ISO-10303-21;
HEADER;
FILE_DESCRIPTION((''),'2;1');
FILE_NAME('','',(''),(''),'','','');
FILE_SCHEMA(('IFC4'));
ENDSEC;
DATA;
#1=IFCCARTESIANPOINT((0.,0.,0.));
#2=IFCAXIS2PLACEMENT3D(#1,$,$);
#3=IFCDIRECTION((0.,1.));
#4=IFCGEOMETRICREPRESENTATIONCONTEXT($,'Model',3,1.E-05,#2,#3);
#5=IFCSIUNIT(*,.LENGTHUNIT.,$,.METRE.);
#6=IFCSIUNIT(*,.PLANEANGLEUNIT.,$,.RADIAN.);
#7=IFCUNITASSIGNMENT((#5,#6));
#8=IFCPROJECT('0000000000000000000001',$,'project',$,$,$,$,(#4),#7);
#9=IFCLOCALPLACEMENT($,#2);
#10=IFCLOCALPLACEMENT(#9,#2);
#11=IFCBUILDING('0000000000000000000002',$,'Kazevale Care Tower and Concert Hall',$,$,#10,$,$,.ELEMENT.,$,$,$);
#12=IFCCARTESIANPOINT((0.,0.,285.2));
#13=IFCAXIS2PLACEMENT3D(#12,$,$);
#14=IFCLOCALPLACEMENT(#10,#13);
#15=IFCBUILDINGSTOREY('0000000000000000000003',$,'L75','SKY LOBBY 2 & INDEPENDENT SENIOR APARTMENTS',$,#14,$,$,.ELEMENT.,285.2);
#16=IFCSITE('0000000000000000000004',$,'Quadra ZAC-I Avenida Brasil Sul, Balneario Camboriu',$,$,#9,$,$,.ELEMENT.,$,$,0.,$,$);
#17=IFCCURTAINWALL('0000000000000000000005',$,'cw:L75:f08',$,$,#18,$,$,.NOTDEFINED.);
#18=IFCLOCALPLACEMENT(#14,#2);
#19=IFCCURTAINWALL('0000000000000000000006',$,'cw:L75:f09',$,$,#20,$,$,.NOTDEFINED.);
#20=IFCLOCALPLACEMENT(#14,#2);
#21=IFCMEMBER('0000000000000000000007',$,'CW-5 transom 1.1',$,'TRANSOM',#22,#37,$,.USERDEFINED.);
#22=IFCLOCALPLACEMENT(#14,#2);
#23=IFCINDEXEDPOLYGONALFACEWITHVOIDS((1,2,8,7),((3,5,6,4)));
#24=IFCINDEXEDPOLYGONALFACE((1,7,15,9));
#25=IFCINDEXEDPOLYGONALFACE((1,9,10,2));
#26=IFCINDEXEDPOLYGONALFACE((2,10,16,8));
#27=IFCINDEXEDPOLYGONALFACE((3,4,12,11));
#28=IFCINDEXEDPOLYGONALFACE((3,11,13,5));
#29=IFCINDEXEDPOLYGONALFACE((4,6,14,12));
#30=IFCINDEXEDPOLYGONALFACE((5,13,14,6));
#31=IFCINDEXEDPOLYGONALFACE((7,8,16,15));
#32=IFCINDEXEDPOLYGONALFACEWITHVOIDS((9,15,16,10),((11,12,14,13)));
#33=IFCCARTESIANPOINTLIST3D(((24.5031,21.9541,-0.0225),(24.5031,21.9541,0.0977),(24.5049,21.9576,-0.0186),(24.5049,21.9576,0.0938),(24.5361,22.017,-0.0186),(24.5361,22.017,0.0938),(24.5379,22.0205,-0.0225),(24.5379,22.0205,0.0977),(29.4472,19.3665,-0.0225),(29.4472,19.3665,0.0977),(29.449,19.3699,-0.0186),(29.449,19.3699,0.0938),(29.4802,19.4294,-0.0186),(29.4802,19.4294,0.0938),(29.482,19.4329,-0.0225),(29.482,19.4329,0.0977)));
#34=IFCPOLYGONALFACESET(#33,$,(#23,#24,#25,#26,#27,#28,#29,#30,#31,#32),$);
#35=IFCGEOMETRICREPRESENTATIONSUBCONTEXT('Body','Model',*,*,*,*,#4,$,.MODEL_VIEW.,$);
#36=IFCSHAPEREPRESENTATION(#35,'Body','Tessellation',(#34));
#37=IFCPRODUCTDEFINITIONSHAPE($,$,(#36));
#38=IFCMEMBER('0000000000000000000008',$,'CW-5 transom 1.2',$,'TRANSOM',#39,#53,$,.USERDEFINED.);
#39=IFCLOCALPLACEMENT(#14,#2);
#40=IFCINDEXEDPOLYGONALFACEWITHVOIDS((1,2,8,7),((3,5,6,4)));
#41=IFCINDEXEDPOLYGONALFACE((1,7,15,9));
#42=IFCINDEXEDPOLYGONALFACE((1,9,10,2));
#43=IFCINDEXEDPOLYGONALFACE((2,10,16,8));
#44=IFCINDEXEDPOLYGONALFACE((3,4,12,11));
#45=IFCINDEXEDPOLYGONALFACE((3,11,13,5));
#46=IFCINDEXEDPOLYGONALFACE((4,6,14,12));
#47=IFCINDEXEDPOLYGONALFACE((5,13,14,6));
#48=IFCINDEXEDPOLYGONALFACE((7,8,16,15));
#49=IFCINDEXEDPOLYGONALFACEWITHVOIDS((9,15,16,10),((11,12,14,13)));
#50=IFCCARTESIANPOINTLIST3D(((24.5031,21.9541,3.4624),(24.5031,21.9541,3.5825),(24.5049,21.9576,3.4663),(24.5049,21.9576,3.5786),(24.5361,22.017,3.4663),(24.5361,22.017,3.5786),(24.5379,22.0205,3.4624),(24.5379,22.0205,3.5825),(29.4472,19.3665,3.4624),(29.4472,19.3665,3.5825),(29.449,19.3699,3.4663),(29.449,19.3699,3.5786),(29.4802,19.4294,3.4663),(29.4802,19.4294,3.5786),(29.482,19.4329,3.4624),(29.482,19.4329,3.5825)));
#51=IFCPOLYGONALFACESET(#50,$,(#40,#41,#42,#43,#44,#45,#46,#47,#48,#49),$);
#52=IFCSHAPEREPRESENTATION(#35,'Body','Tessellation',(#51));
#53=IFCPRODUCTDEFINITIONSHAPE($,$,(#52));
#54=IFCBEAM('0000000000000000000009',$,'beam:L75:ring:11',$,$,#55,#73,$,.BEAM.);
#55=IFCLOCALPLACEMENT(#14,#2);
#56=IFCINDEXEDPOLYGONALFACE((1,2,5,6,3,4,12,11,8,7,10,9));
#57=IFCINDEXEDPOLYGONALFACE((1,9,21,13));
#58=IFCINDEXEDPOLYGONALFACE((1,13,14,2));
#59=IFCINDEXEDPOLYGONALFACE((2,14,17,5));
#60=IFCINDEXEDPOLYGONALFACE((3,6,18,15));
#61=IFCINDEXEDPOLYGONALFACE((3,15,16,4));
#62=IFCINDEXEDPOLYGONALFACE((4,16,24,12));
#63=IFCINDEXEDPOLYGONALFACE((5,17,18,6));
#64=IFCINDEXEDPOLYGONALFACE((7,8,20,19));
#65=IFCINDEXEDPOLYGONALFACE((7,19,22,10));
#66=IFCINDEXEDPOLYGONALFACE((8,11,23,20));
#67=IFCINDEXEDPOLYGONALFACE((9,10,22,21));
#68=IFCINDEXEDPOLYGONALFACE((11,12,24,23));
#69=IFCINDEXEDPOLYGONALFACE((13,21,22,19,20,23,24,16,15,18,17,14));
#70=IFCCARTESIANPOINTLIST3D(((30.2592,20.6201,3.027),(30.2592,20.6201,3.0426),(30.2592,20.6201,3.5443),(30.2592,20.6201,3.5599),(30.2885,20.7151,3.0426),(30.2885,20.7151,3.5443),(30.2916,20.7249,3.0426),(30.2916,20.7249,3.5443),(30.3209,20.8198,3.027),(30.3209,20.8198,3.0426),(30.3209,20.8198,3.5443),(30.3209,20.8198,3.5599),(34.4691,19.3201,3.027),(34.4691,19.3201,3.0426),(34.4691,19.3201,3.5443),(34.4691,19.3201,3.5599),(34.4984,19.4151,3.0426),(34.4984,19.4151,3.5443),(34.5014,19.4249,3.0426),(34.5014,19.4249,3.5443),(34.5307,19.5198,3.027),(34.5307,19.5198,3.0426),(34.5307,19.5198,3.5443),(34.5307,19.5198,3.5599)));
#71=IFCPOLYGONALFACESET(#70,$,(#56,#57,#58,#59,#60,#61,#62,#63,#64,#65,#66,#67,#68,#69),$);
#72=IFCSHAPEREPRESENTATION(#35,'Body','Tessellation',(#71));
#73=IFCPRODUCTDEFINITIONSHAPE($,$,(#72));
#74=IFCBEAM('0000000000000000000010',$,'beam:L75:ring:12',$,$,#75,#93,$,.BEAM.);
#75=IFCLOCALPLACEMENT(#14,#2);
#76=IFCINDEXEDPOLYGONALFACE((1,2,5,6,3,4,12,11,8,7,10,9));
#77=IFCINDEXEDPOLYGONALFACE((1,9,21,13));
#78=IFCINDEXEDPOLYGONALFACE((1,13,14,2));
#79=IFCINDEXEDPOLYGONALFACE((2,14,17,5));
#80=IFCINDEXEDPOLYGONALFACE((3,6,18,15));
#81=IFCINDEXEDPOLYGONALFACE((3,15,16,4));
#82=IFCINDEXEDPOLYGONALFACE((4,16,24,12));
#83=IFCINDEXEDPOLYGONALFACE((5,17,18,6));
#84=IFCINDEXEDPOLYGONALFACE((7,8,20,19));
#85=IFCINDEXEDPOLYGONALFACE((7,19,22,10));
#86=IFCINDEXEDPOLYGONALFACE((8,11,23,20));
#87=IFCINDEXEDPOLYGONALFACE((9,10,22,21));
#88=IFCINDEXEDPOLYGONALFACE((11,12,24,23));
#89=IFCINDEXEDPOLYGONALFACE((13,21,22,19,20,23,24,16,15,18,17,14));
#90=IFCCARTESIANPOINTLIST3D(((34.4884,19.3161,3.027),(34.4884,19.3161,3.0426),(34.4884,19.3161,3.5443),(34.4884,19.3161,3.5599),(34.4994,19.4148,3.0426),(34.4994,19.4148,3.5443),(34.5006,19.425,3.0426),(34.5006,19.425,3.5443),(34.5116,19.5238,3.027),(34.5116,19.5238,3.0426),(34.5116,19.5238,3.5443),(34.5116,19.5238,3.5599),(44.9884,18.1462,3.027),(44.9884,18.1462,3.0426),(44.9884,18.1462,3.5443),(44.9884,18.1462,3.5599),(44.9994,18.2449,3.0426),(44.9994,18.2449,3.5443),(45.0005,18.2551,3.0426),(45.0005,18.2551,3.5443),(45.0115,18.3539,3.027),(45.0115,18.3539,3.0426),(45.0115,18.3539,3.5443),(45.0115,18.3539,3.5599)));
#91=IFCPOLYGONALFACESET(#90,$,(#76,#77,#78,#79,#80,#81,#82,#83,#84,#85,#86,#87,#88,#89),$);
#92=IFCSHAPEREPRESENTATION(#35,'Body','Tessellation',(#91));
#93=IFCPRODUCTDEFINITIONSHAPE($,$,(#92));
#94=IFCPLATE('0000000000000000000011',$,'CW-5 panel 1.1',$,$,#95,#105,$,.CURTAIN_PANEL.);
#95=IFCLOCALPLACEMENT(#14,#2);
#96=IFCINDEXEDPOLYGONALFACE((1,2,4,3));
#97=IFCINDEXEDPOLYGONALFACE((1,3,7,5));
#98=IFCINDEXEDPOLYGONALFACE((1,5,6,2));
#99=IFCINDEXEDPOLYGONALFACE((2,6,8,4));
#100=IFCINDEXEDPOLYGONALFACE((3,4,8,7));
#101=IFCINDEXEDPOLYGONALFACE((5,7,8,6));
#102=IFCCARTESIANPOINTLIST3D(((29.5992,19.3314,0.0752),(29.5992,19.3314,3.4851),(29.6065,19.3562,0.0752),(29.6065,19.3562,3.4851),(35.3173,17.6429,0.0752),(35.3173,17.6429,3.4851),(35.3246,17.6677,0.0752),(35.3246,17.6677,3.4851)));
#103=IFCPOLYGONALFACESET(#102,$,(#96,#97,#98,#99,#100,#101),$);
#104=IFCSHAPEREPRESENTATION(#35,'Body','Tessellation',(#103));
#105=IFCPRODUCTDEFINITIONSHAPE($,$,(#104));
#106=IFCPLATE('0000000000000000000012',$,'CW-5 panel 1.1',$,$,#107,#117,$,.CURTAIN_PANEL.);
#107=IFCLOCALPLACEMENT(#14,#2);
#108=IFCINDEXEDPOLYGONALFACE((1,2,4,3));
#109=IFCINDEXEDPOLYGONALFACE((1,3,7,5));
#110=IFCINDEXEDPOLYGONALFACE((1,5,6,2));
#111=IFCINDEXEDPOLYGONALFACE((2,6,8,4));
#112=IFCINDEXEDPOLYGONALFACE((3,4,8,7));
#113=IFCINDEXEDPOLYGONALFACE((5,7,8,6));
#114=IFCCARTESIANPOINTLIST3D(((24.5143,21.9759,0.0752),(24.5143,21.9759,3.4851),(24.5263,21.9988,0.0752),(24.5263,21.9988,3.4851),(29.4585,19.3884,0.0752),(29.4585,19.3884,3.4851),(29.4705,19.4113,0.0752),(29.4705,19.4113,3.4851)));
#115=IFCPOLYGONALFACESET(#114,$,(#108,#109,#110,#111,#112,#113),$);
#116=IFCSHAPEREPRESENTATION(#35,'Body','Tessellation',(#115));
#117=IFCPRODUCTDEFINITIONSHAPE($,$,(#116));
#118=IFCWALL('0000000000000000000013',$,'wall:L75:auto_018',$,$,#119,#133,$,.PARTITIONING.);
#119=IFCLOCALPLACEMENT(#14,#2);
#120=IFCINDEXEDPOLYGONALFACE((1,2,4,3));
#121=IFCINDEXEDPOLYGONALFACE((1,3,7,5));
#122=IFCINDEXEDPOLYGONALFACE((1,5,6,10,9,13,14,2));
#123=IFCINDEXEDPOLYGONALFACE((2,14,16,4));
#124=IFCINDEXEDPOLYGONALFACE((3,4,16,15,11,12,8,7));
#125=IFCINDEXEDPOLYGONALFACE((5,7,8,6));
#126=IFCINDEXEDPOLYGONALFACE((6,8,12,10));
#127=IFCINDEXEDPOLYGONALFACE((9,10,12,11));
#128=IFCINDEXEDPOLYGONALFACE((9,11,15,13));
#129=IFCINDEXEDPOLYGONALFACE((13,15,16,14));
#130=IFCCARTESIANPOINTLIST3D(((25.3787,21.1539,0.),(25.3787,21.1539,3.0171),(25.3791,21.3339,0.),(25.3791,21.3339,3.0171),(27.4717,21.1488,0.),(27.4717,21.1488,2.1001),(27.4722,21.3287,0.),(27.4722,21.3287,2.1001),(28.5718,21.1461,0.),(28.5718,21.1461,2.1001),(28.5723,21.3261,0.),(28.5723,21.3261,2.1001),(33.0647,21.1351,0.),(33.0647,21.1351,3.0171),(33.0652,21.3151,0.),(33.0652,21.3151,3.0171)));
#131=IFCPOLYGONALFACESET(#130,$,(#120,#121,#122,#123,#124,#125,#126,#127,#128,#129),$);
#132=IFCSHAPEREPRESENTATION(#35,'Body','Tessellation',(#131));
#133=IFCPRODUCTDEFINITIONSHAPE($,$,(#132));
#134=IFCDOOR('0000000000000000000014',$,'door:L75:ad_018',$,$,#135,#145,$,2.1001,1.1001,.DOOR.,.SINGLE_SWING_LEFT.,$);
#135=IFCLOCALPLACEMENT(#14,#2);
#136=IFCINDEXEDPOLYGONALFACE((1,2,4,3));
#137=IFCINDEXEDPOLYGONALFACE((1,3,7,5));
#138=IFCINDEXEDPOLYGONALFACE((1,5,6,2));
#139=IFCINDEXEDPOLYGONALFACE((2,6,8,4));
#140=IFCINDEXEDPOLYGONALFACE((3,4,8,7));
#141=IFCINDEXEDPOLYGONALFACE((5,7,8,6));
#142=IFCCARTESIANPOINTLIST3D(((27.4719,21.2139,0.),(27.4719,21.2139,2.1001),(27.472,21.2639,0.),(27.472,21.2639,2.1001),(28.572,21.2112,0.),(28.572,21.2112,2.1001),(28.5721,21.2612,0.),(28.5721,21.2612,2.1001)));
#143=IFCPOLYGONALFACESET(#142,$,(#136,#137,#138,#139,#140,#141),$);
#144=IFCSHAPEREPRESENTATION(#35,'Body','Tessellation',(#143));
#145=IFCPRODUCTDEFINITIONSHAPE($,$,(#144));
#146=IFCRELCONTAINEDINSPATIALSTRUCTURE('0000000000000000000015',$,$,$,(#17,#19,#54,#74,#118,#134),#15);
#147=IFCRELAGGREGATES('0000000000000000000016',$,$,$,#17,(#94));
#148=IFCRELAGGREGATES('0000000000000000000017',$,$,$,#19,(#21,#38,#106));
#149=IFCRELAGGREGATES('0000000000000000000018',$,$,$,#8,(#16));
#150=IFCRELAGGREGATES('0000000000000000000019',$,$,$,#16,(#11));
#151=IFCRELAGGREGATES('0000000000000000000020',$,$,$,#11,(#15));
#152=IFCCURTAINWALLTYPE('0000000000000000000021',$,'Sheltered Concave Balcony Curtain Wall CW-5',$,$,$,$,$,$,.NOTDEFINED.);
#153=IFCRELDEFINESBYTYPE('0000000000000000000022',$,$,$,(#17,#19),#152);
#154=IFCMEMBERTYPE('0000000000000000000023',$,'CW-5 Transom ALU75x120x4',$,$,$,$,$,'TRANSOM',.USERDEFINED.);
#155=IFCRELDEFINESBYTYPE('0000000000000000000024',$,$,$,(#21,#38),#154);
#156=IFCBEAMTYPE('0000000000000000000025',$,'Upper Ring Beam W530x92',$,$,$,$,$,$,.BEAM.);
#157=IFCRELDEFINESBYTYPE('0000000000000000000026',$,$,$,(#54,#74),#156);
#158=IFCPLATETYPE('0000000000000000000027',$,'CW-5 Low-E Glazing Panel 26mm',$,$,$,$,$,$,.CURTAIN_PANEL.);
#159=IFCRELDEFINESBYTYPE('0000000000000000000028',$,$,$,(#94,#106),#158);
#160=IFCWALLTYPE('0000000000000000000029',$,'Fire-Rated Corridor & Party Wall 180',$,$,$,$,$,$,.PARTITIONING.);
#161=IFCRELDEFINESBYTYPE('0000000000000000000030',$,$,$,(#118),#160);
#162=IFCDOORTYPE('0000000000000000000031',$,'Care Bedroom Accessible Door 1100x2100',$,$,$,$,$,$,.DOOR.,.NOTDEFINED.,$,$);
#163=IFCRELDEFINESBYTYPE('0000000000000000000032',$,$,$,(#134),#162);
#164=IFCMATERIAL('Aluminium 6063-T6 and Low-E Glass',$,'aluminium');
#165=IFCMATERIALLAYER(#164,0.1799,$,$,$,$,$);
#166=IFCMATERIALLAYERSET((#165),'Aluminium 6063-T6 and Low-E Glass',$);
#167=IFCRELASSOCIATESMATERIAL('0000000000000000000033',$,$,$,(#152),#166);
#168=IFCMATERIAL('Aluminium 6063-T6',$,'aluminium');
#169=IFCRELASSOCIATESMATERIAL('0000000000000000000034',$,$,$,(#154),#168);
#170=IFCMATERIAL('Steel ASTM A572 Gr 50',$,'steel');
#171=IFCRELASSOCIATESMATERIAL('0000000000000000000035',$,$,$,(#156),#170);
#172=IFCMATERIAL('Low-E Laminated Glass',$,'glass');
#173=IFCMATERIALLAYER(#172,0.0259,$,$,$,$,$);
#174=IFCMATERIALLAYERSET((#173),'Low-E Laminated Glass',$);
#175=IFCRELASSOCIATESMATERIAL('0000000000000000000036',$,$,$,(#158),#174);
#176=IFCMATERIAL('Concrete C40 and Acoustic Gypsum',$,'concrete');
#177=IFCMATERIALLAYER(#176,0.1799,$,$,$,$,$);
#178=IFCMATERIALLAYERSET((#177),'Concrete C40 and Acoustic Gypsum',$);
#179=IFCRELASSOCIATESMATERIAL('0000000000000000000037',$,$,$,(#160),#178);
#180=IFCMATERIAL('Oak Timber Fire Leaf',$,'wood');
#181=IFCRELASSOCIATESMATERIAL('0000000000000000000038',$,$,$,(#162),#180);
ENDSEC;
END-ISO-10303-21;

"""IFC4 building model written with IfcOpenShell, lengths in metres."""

from ifc_helpers import new_model, si_unit, direction, frame, frame_2d, origin, origin_2d, place, context, subcontext, project, spatial, rectangle, hollow_rectangle, i_section, extrude, material, layer, layer_set, material_profile, profile_set, type_object, element, fill, aggregate, save


model = new_model("IFC4")

# Units and contexts
model_context = context("Model", 3, precision=1e-05, world=origin(), true_north=direction((0.0, 1.0)))
body_context = subcontext(model_context, "Body", "Model", "MODEL_VIEW")
ifc_project = project(units=[si_unit("LENGTHUNIT", "METRE"), si_unit("PLANEANGLEUNIT", "RADIAN")], contexts=[model_context])

# Site, building, storey
site_placement = place(None, origin())
site = spatial("IfcSite", under=ifc_project, at=site_placement, Name="Quadra ZAC-I Avenida Brasil Sul, Balneario Camboriu", CompositionType="ELEMENT", RefElevation=0.0)
building_placement = place(site_placement, origin())
building = spatial("IfcBuilding", under=site, at=building_placement, Name="Kazevale Care Tower and Concert Hall", CompositionType="ELEMENT")
storey_placement = place(building_placement, frame((0.0, 0.0, 285.2)))
storey = spatial("IfcBuildingStorey", under=building, at=storey_placement, Name="L75", Description="SKY LOBBY 2 & INDEPENDENT SENIOR APARTMENTS", CompositionType="ELEMENT", Elevation=285.2)

# Shared definitions
ifc_material_1 = material(Name="Aluminium 6063-T6 and Low-E Glass", Category="aluminium")
ifc_layer_1 = layer(ifc_material_1, 0.1799)
ifc_layer_set_1 = layer_set([ifc_layer_1], Name="Aluminium 6063-T6 and Low-E Glass")
curtain_wall_type = type_object("IfcCurtainWallType", Name="Sheltered Concave Balcony Curtain Wall CW-5", PredefinedType="NOTDEFINED", material=ifc_layer_set_1)
ifc_material_2 = material(Name="Aluminium 6063-T6", Category="aluminium")

# Curtain wall
curtain_wall_1_placement = place(storey_placement, origin())
curtain_wall_1 = element("IfcCurtainWall", 1, at=curtain_wall_1_placement, inside=storey, type_object=curtain_wall_type, Name="cw:L75:f08", PredefinedType="NOTDEFINED")

# Curtain wall
curtain_wall_2_placement = place(storey_placement, origin())
curtain_wall_2 = element("IfcCurtainWall", 2, at=curtain_wall_2_placement, inside=storey, type_object=curtain_wall_type, Name="cw:L75:f09", PredefinedType="NOTDEFINED")

# Members
ifc_material_profile_1 = material_profile(ifc_material_2, hollow_rectangle(XDim=0.075, YDim=0.1201, WallThickness=0.0039, at=origin_2d()), Name="ALU75x120x4")
ifc_profile_set_1 = profile_set([ifc_material_profile_1], Name="Aluminium 6063-T6")
member_type_1 = type_object("IfcMemberType", Name="CW-5 Transom ALU75x120x4", ElementType="TRANSOM", PredefinedType="USERDEFINED", material=ifc_profile_set_1)
member_1_placement = place(storey_placement, frame((29.4646, 19.3997, 0.0376), z_axis=(-0.885987, 0.463709, 0.0), x_axis=(-0.463709, -0.885987, 0.0)))
member_1 = element("IfcMember", 3, at=member_1_placement, type_object=member_type_1, Name="CW-5 transom 1.1", ObjectType="TRANSOM", PredefinedType="USERDEFINED", context=body_context, shape_type="SweptSolid", body=[
    extrude(hollow_rectangle(XDim=0.075, YDim=0.1201, WallThickness=0.0039, at=origin_2d()), origin(), (0.0, 0.0, 1.0), 5.5803),
])
member_2_placement = place(storey_placement, frame((29.4646, 19.3997, 3.5225), z_axis=(-0.885987, 0.463709, 0.0), x_axis=(-0.463709, -0.885987, 0.0)))
member_2 = element("IfcMember", 4, at=member_2_placement, type_object=member_type_1, Name="CW-5 transom 1.2", ObjectType="TRANSOM", PredefinedType="USERDEFINED", context=body_context, shape_type="SweptSolid", body=[
    extrude(hollow_rectangle(XDim=0.075, YDim=0.1201, WallThickness=0.0039, at=origin_2d()), origin(), (0.0, 0.0, 1.0), 5.5803),
])

# Beams
ifc_material_3 = material(Name="Steel ASTM A572 Gr 50", Category="steel")
ifc_material_profile_2 = material_profile(ifc_material_3, i_section(OverallWidth=0.209, OverallDepth=0.533, WebThickness=0.0103, FlangeThickness=0.0156, at=origin_2d()), Name="W530x92")
ifc_profile_set_2 = profile_set([ifc_material_profile_2], Name="Steel ASTM A572 Gr 50")
beam_type = type_object("IfcBeamType", Name="Upper Ring Beam W530x92", PredefinedType="BEAM", material=ifc_profile_set_2)
beam_1_placement = place(storey_placement, frame((30.29, 20.72, 3.2935), z_axis=(0.95548, -0.295055, 0.0), x_axis=(0.295055, 0.95548, 0.0)))
element("IfcBeam", 5, at=beam_1_placement, inside=storey, type_object=beam_type, Name="beam:L75:ring:11", PredefinedType="BEAM", context=body_context, shape_type="SweptSolid", body=[
    extrude(i_section(OverallWidth=0.209, OverallDepth=0.533, WebThickness=0.0103, FlangeThickness=0.0156, at=origin_2d()), origin(), (0.0, 0.0, 1.0), 4.406),
])
beam_2_placement = place(storey_placement, frame((34.5, 19.4199, 3.2935), z_axis=(0.99385, -0.110736, 0.0), x_axis=(0.110736, 0.99385, 0.0)))
element("IfcBeam", 6, at=beam_2_placement, inside=storey, type_object=beam_type, Name="beam:L75:ring:12", PredefinedType="BEAM", context=body_context, shape_type="SweptSolid", body=[
    extrude(i_section(OverallWidth=0.209, OverallDepth=0.533, WebThickness=0.0103, FlangeThickness=0.0156, at=origin_2d()), origin(), (0.0, 0.0, 1.0), 10.5649),
])

# Plates
ifc_material_4 = material(Name="Low-E Laminated Glass", Category="glass")
ifc_layer_2 = layer(ifc_material_4, 0.0259)
ifc_layer_set_2 = layer_set([ifc_layer_2], Name="Low-E Laminated Glass")
plate_type = type_object("IfcPlateType", Name="CW-5 Low-E Glazing Panel 26mm", PredefinedType="CURTAIN_PANEL", material=ifc_layer_set_2)
plate_1_placement = place(storey_placement, frame((32.4619, 18.4995, 0.0752), z_axis=(0.0, 0.0, 1.0), x_axis=(-0.95906, 0.283203, 0.0)))
plate_1 = element("IfcPlate", 7, at=plate_1_placement, type_object=plate_type, Name="CW-5 panel 1.1", PredefinedType="CURTAIN_PANEL", context=body_context, shape_type="SweptSolid", body=[
    extrude(rectangle(XDim=5.9622, YDim=0.0259, at=origin_2d()), origin(), (0.0, 0.0, 1.0), 3.4099),
])
aggregate(curtain_wall_1, [plate_1])
plate_2_placement = place(storey_placement, frame((26.9924, 20.6936, 0.0752), z_axis=(0.0, 0.0, 1.0), x_axis=(-0.886002, 0.463681, 0.0)))
plate_2 = element("IfcPlate", 8, at=plate_2_placement, type_object=plate_type, Name="CW-5 panel 1.1", PredefinedType="CURTAIN_PANEL", context=body_context, shape_type="SweptSolid", body=[
    extrude(rectangle(XDim=5.5803, YDim=0.0259, at=origin_2d()), origin(), (0.0, 0.0, 1.0), 3.4099),
])
aggregate(curtain_wall_2, [member_1, member_2, plate_2])

# Wall, opening, door
ifc_material_5 = material(Name="Concrete C40 and Acoustic Gypsum", Category="concrete")
ifc_layer_3 = layer(ifc_material_5, 0.1799)
ifc_layer_set_3 = layer_set([ifc_layer_3], Name="Concrete C40 and Acoustic Gypsum")
wall_type = type_object("IfcWallType", Name="Fire-Rated Corridor & Party Wall 180", PredefinedType="PARTITIONING", material=ifc_layer_set_3)
wall_placement = place(storey_placement, frame((33.0649, 21.2251, 0.0), z_axis=(0.0, 0.0, 1.0), x_axis=(-0.999997, 0.002446, 0.0)))
wall = element("IfcWall", 9, at=wall_placement, inside=storey, type_object=wall_type, Name="wall:L75:auto_018", PredefinedType="PARTITIONING", context=body_context, shape_type="SweptSolid", body=[
    extrude(rectangle(XDim=7.686, YDim=0.1799, at=frame_2d((3.843, 0.0))), origin(), (0.0, 0.0, 1.0), 3.0171),
])
opening_placement = place(wall_placement, frame((4.4929, 0.0, 0.0)))
opening = element("IfcOpeningElement", 10, at=opening_placement, cuts=wall, PredefinedType="OPENING", context=body_context, shape_type="SweptSolid", body=[
    extrude(rectangle(XDim=1.1001, YDim=2.1001, at=frame_2d((0.55, 1.05))), frame((0.0, 0.0999, 0.0), z_axis=(0.0, -1.0, 0.0), x_axis=(1.0, 0.0, 0.0)), (0.0, 0.0, 1.0), 0.2),
])
ifc_material_6 = material(Name="Oak Timber Fire Leaf", Category="wood")
door_type = type_object("IfcDoorType", Name="Care Bedroom Accessible Door 1100x2100", OperationType="NOTDEFINED", PredefinedType="DOOR", material=ifc_material_6)
door_placement = place(opening_placement, origin())
door = element("IfcDoor", 11, at=door_placement, inside=storey, type_object=door_type, Name="door:L75:ad_018", OperationType="SINGLE_SWING_LEFT", OverallHeight=2.1001, OverallWidth=1.1001, PredefinedType="DOOR", context=body_context, shape_type="SweptSolid", body=[
    extrude(rectangle(XDim=1.1001, YDim=2.1001, at=frame_2d((0.55, 1.05))), frame((0.0, 0.0249, 0.0), z_axis=(0.0, -1.0, 0.0), x_axis=(1.0, 0.0, 0.0)), (0.0, 0.0, 1.0), 0.05),
])
fill(opening, door)

save(model, "model.ifc")
